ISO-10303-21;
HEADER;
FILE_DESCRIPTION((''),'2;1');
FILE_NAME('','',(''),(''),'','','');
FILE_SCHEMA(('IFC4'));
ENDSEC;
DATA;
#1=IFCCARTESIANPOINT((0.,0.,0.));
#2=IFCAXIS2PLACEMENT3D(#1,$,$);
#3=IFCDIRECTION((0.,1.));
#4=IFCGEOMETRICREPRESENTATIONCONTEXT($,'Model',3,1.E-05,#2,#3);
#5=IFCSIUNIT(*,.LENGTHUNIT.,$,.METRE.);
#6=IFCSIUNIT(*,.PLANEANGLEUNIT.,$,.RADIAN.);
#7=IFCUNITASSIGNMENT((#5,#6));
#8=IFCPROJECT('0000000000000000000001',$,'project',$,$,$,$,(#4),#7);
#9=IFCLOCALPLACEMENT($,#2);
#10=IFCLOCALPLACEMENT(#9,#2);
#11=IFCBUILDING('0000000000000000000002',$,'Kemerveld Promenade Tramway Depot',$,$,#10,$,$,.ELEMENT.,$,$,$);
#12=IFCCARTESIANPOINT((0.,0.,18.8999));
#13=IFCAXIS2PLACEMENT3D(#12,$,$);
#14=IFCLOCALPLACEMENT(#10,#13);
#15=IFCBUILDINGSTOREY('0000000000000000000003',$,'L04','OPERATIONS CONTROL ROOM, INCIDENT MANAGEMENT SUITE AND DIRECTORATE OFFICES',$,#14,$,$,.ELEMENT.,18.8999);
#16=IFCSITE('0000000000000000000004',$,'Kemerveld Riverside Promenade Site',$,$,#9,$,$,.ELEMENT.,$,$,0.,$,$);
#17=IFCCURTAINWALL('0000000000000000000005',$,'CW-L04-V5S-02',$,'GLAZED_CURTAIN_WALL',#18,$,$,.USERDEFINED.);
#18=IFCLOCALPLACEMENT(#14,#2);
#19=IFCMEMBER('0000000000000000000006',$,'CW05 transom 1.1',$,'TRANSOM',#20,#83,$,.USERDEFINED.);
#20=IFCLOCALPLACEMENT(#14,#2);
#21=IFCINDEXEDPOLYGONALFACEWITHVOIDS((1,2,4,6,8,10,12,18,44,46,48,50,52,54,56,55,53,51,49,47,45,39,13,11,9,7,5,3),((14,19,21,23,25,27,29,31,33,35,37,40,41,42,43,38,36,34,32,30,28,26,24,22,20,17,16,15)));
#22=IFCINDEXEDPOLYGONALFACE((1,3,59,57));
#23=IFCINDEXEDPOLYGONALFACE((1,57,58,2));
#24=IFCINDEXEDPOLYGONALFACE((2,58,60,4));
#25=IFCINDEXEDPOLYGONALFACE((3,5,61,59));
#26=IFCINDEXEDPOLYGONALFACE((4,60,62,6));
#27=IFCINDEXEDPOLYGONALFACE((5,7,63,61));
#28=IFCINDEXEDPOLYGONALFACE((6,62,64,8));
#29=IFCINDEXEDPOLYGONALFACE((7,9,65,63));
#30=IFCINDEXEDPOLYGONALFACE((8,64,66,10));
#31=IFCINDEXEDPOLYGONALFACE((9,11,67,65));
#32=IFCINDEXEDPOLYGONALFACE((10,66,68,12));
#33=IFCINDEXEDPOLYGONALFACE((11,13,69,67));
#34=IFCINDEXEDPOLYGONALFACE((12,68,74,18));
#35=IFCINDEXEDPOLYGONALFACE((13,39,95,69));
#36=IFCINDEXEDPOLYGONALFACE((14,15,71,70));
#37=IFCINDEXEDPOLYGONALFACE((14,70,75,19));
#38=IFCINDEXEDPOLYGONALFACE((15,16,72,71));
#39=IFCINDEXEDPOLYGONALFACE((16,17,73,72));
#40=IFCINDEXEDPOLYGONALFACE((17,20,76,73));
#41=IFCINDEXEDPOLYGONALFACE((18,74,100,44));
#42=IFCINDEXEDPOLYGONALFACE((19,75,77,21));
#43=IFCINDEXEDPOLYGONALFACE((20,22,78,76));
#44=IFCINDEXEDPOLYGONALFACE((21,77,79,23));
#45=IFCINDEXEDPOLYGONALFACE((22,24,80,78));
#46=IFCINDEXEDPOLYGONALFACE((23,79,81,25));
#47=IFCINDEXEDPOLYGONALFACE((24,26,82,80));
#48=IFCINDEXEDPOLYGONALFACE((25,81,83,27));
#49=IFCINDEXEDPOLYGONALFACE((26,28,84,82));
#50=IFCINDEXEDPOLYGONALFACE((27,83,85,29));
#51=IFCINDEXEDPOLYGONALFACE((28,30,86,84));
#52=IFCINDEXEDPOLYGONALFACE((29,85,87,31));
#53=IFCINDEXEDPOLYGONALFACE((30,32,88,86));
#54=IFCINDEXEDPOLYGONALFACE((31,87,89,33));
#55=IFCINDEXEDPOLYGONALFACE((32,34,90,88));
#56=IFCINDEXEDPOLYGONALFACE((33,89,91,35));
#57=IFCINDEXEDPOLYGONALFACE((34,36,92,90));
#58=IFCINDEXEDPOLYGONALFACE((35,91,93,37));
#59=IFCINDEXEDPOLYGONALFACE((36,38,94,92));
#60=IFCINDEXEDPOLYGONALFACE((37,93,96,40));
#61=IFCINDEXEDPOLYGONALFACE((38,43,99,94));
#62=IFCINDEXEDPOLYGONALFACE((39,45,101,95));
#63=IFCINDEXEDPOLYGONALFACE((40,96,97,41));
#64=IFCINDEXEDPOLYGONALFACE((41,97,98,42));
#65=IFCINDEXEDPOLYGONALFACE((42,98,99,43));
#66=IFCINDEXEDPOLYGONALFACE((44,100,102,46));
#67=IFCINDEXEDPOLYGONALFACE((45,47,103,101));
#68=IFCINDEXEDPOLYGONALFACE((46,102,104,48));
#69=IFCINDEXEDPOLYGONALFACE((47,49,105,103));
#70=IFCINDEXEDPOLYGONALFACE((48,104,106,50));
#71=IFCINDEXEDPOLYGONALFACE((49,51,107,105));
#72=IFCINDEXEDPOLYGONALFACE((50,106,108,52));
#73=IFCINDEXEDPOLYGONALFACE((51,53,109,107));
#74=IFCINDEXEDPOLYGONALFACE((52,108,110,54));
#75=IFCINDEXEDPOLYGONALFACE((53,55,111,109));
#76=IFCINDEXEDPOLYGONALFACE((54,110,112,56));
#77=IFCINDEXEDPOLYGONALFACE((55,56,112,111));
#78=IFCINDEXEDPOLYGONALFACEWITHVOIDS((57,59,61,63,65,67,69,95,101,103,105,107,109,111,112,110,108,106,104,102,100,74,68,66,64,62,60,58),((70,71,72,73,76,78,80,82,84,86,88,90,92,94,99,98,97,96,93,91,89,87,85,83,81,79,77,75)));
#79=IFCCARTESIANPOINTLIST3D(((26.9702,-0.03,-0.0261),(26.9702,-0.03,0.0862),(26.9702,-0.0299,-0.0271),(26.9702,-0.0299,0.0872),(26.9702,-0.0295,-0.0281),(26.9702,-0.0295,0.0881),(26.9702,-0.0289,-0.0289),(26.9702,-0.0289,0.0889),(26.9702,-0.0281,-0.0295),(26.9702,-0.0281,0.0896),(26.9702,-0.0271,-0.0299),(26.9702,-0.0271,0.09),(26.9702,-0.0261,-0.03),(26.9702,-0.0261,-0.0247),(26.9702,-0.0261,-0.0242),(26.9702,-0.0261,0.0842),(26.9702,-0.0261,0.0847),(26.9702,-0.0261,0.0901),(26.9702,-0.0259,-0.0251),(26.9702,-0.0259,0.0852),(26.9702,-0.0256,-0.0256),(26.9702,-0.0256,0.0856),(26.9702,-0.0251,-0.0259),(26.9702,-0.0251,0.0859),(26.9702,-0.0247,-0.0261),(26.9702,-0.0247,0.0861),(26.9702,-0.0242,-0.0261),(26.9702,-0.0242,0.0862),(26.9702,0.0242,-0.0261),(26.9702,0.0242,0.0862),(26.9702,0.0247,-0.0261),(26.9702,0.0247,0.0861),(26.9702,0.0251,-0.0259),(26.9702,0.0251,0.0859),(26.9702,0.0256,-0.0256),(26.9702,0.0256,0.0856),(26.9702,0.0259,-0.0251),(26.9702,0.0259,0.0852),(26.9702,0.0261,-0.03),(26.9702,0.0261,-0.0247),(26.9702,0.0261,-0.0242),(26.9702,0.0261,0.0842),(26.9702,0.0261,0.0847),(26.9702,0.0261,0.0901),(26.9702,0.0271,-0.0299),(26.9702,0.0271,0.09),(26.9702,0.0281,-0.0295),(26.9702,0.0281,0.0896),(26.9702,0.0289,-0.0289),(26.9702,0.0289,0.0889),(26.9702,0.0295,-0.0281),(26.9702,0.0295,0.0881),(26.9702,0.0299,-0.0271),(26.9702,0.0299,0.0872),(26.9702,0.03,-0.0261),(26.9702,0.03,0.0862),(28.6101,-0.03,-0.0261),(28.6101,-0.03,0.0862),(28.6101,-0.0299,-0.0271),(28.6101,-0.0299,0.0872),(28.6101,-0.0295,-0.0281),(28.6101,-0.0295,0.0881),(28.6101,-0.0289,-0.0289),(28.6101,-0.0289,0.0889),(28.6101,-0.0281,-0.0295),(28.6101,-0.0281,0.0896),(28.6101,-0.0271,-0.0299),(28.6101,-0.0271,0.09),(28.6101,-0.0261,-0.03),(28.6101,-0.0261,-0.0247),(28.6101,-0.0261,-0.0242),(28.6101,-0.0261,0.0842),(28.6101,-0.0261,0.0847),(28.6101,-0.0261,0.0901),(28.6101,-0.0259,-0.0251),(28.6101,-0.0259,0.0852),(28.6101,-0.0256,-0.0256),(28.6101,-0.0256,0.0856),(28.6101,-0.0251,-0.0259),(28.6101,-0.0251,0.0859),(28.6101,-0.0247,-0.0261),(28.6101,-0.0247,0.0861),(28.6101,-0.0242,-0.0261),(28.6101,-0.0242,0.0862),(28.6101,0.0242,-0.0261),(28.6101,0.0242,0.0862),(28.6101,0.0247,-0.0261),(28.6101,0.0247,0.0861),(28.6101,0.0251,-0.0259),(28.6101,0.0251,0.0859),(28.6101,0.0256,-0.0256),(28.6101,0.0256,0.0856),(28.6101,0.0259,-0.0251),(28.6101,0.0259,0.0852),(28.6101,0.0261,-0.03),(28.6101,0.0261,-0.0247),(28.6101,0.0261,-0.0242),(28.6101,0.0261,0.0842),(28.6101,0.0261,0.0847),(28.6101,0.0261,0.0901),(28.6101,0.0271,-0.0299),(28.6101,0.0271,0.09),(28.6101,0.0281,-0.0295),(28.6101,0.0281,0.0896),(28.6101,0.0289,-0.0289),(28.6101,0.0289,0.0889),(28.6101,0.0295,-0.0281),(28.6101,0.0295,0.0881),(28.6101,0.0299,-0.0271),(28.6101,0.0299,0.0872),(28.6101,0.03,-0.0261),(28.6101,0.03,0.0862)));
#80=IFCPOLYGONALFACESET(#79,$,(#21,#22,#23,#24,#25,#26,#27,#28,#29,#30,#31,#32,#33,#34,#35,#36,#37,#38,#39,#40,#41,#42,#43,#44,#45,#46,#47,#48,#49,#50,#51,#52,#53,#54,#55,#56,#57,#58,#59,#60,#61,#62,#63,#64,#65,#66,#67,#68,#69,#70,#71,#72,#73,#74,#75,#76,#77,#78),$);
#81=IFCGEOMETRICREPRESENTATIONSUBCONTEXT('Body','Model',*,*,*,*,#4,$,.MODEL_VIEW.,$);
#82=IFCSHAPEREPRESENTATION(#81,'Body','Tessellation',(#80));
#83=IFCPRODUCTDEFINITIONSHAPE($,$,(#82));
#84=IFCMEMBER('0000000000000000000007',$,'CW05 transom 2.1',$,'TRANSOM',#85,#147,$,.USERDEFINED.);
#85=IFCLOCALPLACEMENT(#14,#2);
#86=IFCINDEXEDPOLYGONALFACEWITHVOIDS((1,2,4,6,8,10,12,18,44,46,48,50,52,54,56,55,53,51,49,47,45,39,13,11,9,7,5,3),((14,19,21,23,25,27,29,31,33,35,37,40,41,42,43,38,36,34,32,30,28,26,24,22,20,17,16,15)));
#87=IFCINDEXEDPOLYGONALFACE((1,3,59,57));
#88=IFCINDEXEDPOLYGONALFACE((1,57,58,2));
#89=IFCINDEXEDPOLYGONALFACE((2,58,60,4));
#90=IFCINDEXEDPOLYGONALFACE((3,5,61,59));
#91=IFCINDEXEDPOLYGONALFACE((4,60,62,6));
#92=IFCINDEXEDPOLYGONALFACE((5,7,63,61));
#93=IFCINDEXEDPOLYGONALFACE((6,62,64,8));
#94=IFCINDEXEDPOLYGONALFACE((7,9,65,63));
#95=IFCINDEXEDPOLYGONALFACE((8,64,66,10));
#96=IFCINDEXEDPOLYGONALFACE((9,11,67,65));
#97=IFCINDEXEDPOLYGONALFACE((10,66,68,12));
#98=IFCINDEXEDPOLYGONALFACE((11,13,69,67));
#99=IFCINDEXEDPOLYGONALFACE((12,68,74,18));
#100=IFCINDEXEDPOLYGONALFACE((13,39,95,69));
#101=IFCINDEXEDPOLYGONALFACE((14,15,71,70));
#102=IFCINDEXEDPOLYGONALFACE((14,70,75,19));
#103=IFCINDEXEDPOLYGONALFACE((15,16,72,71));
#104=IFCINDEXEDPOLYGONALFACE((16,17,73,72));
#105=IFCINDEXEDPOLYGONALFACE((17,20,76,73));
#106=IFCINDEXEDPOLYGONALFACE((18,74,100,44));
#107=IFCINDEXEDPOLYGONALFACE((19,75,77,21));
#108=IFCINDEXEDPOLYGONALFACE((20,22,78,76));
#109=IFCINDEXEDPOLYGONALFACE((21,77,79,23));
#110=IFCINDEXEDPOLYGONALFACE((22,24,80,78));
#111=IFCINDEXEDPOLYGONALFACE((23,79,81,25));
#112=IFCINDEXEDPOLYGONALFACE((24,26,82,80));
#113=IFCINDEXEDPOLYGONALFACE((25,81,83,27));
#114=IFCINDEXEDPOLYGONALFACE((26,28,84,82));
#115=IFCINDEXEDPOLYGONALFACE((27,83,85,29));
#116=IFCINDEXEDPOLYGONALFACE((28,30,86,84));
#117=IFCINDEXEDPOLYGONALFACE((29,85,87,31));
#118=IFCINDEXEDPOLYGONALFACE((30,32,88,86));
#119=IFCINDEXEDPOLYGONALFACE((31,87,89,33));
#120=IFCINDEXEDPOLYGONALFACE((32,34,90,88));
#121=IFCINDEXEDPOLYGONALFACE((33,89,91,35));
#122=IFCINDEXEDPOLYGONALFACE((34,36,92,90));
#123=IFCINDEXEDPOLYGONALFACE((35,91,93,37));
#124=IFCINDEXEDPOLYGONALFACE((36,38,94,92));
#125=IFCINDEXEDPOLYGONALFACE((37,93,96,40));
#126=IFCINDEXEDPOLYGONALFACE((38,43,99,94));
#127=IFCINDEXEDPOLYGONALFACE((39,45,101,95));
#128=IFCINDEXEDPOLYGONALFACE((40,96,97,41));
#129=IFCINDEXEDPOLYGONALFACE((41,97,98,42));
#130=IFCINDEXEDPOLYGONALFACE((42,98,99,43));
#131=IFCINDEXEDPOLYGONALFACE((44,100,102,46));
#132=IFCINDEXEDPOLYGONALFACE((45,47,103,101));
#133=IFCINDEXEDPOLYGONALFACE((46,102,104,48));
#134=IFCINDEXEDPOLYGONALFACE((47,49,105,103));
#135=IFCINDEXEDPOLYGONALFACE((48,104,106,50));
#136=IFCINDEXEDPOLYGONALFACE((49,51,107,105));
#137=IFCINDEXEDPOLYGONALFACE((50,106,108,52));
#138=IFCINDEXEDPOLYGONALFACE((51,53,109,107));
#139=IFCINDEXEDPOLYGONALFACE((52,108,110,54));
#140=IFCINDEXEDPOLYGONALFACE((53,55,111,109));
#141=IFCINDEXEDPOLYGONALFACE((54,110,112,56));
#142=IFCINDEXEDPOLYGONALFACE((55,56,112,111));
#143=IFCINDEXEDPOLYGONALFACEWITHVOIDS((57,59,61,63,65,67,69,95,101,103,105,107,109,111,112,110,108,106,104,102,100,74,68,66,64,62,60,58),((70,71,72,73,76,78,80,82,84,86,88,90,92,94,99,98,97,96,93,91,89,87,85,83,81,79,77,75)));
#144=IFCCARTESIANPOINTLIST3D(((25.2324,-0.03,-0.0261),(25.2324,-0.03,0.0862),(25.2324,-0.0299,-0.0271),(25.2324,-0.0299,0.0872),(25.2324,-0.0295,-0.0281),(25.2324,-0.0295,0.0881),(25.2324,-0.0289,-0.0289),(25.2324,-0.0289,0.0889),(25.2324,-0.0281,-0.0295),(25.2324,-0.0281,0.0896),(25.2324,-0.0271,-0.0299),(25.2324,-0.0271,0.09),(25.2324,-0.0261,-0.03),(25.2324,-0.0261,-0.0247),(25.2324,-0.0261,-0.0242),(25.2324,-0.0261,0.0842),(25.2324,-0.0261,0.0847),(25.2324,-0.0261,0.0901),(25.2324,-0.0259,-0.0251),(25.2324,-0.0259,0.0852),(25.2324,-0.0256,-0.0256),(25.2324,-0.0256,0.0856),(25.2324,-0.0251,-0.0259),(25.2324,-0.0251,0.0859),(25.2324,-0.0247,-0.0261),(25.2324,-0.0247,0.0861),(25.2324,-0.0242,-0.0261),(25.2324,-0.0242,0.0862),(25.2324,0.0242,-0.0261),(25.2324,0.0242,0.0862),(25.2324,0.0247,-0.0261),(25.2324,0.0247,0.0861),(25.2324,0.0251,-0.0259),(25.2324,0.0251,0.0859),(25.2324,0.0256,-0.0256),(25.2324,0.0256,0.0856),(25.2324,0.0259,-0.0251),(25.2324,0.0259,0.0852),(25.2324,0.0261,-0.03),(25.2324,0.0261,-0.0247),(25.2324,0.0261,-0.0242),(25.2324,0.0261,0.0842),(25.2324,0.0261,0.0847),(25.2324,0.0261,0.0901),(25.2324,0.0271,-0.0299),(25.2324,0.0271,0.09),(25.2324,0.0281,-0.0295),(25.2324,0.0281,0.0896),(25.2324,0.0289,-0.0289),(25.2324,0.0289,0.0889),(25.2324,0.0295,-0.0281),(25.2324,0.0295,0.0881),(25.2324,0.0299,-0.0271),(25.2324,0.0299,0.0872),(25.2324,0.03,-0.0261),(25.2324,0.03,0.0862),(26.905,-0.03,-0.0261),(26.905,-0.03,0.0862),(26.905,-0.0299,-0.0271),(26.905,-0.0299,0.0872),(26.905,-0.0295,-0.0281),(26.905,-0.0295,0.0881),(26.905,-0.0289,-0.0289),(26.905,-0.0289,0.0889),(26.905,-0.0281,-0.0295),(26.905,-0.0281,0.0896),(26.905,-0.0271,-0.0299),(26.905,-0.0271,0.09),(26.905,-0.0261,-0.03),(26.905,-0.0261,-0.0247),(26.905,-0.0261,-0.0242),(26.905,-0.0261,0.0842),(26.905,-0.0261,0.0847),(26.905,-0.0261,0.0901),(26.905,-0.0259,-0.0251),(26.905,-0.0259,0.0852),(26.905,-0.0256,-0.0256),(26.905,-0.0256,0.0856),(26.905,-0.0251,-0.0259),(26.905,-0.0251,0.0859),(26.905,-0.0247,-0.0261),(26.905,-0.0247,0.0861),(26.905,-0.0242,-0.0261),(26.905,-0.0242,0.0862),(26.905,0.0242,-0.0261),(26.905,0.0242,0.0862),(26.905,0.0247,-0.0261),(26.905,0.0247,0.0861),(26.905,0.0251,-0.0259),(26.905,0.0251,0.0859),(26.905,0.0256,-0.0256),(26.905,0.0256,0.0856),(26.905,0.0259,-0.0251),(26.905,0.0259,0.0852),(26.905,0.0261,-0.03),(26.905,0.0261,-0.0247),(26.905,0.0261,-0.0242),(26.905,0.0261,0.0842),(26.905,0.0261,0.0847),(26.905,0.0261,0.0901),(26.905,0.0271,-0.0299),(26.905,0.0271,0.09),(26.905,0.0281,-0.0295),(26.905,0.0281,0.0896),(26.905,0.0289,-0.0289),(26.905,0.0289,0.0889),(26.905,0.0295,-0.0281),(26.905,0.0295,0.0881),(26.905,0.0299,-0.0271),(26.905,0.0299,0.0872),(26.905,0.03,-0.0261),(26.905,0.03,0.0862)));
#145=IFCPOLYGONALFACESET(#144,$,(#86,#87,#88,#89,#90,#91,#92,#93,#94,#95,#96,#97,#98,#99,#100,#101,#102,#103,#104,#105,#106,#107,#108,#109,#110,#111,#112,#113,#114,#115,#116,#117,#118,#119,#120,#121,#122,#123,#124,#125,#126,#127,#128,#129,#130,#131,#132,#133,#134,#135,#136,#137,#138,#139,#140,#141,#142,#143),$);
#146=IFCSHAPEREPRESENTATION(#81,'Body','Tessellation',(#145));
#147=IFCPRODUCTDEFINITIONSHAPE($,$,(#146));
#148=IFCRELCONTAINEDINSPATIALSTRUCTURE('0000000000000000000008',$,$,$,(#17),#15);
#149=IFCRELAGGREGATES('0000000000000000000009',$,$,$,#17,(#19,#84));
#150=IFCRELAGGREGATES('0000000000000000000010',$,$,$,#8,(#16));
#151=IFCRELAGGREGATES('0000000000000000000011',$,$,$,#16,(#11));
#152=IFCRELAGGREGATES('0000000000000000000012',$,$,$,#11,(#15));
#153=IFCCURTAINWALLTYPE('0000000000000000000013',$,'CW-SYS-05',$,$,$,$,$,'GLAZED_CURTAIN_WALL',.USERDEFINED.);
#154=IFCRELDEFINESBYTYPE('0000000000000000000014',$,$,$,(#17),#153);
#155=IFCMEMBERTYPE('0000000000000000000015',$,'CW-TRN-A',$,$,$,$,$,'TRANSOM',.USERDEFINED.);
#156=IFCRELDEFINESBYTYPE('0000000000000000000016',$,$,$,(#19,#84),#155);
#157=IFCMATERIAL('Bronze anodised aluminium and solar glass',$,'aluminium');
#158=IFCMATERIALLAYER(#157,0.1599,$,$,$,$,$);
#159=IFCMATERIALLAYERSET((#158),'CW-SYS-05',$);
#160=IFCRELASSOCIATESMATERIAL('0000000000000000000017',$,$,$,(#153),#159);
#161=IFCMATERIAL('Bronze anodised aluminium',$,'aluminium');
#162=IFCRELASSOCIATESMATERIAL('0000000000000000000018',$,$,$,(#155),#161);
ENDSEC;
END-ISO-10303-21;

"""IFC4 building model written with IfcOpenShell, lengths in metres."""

from ifc_helpers import new_model, si_unit, direction, frame, origin, origin_2d, place, context, subcontext, project, spatial, hollow_rectangle, extrude, material, layer, layer_set, material_profile, profile_set, type_object, element, aggregate, save


model = new_model("IFC4")

# Units and contexts
model_context = context("Model", 3, precision=1e-05, world=origin(), true_north=direction((0.0, 1.0)))
body_context = subcontext(model_context, "Body", "Model", "MODEL_VIEW")
ifc_project = project(units=[si_unit("LENGTHUNIT", "METRE"), si_unit("PLANEANGLEUNIT", "RADIAN")], contexts=[model_context])

# Site, building, storey
site_placement = place(None, origin())
site = spatial("IfcSite", under=ifc_project, at=site_placement, Name="Kemerveld Riverside Promenade Site", CompositionType="ELEMENT", RefElevation=0.0)
building_placement = place(site_placement, origin())
building = spatial("IfcBuilding", under=site, at=building_placement, Name="Kemerveld Promenade Tramway Depot", CompositionType="ELEMENT")
storey_placement = place(building_placement, frame((0.0, 0.0, 18.8999)))
storey = spatial("IfcBuildingStorey", under=building, at=storey_placement, Name="L04", Description="OPERATIONS CONTROL ROOM, INCIDENT MANAGEMENT SUITE AND DIRECTORATE OFFICES", CompositionType="ELEMENT", Elevation=18.8999)

# Curtain wall, members
ifc_material_1 = material(Name="Bronze anodised aluminium and solar glass", Category="aluminium")
ifc_layer_1 = layer(ifc_material_1, 0.1599)
ifc_layer_set_1 = layer_set([ifc_layer_1], Name="CW-SYS-05")
curtain_wall_type = type_object("IfcCurtainWallType", Name="CW-SYS-05", ElementType="GLAZED_CURTAIN_WALL", PredefinedType="USERDEFINED", material=ifc_layer_set_1)
curtain_wall_placement = place(storey_placement, origin())
curtain_wall = element("IfcCurtainWall", 1, at=curtain_wall_placement, inside=storey, type_object=curtain_wall_type, Name="CW-L04-V5S-02", ObjectType="GLAZED_CURTAIN_WALL", PredefinedType="USERDEFINED")
ifc_material_2 = material(Name="Bronze anodised aluminium", Category="aluminium")
ifc_material_profile_1 = material_profile(ifc_material_2, hollow_rectangle(XDim=0.0601, YDim=0.1201, WallThickness=0.0039, InnerFilletRadius=0.002, OuterFilletRadius=0.0039, at=origin_2d()), Name="CW-TRN-120x60")
ifc_profile_set_1 = profile_set([ifc_material_profile_1], Name="Bronze anodised aluminium")
member_type_1 = type_object("IfcMemberType", Name="CW-TRN-A", ElementType="TRANSOM", PredefinedType="USERDEFINED", material=ifc_profile_set_1)
member_1_placement = place(storey_placement, frame((28.6101, 0.0, 0.03), z_axis=(-1.0, 0.0, 0.0), x_axis=(0.0, -1.0, 0.0)))
member_1 = element("IfcMember", 2, at=member_1_placement, type_object=member_type_1, Name="CW05 transom 1.1", ObjectType="TRANSOM", PredefinedType="USERDEFINED", context=body_context, shape_type="SweptSolid", body=[
    extrude(hollow_rectangle(XDim=0.0601, YDim=0.1201, WallThickness=0.0039, InnerFilletRadius=0.002, OuterFilletRadius=0.0039, at=origin_2d()), origin(), (0.0, 0.0, 1.0), 1.6399),
])
member_2_placement = place(storey_placement, frame((26.905, 0.0, 0.03), z_axis=(-1.0, 0.0, 0.0), x_axis=(0.0, -1.0, 0.0)))
member_2 = element("IfcMember", 3, at=member_2_placement, type_object=member_type_1, Name="CW05 transom 2.1", ObjectType="TRANSOM", PredefinedType="USERDEFINED", context=body_context, shape_type="SweptSolid", body=[
    extrude(hollow_rectangle(XDim=0.0601, YDim=0.1201, WallThickness=0.0039, InnerFilletRadius=0.002, OuterFilletRadius=0.0039, at=origin_2d()), origin(), (0.0, 0.0, 1.0), 1.6726),
])
aggregate(curtain_wall, [member_1, member_2])

save(model, "model.ifc")
